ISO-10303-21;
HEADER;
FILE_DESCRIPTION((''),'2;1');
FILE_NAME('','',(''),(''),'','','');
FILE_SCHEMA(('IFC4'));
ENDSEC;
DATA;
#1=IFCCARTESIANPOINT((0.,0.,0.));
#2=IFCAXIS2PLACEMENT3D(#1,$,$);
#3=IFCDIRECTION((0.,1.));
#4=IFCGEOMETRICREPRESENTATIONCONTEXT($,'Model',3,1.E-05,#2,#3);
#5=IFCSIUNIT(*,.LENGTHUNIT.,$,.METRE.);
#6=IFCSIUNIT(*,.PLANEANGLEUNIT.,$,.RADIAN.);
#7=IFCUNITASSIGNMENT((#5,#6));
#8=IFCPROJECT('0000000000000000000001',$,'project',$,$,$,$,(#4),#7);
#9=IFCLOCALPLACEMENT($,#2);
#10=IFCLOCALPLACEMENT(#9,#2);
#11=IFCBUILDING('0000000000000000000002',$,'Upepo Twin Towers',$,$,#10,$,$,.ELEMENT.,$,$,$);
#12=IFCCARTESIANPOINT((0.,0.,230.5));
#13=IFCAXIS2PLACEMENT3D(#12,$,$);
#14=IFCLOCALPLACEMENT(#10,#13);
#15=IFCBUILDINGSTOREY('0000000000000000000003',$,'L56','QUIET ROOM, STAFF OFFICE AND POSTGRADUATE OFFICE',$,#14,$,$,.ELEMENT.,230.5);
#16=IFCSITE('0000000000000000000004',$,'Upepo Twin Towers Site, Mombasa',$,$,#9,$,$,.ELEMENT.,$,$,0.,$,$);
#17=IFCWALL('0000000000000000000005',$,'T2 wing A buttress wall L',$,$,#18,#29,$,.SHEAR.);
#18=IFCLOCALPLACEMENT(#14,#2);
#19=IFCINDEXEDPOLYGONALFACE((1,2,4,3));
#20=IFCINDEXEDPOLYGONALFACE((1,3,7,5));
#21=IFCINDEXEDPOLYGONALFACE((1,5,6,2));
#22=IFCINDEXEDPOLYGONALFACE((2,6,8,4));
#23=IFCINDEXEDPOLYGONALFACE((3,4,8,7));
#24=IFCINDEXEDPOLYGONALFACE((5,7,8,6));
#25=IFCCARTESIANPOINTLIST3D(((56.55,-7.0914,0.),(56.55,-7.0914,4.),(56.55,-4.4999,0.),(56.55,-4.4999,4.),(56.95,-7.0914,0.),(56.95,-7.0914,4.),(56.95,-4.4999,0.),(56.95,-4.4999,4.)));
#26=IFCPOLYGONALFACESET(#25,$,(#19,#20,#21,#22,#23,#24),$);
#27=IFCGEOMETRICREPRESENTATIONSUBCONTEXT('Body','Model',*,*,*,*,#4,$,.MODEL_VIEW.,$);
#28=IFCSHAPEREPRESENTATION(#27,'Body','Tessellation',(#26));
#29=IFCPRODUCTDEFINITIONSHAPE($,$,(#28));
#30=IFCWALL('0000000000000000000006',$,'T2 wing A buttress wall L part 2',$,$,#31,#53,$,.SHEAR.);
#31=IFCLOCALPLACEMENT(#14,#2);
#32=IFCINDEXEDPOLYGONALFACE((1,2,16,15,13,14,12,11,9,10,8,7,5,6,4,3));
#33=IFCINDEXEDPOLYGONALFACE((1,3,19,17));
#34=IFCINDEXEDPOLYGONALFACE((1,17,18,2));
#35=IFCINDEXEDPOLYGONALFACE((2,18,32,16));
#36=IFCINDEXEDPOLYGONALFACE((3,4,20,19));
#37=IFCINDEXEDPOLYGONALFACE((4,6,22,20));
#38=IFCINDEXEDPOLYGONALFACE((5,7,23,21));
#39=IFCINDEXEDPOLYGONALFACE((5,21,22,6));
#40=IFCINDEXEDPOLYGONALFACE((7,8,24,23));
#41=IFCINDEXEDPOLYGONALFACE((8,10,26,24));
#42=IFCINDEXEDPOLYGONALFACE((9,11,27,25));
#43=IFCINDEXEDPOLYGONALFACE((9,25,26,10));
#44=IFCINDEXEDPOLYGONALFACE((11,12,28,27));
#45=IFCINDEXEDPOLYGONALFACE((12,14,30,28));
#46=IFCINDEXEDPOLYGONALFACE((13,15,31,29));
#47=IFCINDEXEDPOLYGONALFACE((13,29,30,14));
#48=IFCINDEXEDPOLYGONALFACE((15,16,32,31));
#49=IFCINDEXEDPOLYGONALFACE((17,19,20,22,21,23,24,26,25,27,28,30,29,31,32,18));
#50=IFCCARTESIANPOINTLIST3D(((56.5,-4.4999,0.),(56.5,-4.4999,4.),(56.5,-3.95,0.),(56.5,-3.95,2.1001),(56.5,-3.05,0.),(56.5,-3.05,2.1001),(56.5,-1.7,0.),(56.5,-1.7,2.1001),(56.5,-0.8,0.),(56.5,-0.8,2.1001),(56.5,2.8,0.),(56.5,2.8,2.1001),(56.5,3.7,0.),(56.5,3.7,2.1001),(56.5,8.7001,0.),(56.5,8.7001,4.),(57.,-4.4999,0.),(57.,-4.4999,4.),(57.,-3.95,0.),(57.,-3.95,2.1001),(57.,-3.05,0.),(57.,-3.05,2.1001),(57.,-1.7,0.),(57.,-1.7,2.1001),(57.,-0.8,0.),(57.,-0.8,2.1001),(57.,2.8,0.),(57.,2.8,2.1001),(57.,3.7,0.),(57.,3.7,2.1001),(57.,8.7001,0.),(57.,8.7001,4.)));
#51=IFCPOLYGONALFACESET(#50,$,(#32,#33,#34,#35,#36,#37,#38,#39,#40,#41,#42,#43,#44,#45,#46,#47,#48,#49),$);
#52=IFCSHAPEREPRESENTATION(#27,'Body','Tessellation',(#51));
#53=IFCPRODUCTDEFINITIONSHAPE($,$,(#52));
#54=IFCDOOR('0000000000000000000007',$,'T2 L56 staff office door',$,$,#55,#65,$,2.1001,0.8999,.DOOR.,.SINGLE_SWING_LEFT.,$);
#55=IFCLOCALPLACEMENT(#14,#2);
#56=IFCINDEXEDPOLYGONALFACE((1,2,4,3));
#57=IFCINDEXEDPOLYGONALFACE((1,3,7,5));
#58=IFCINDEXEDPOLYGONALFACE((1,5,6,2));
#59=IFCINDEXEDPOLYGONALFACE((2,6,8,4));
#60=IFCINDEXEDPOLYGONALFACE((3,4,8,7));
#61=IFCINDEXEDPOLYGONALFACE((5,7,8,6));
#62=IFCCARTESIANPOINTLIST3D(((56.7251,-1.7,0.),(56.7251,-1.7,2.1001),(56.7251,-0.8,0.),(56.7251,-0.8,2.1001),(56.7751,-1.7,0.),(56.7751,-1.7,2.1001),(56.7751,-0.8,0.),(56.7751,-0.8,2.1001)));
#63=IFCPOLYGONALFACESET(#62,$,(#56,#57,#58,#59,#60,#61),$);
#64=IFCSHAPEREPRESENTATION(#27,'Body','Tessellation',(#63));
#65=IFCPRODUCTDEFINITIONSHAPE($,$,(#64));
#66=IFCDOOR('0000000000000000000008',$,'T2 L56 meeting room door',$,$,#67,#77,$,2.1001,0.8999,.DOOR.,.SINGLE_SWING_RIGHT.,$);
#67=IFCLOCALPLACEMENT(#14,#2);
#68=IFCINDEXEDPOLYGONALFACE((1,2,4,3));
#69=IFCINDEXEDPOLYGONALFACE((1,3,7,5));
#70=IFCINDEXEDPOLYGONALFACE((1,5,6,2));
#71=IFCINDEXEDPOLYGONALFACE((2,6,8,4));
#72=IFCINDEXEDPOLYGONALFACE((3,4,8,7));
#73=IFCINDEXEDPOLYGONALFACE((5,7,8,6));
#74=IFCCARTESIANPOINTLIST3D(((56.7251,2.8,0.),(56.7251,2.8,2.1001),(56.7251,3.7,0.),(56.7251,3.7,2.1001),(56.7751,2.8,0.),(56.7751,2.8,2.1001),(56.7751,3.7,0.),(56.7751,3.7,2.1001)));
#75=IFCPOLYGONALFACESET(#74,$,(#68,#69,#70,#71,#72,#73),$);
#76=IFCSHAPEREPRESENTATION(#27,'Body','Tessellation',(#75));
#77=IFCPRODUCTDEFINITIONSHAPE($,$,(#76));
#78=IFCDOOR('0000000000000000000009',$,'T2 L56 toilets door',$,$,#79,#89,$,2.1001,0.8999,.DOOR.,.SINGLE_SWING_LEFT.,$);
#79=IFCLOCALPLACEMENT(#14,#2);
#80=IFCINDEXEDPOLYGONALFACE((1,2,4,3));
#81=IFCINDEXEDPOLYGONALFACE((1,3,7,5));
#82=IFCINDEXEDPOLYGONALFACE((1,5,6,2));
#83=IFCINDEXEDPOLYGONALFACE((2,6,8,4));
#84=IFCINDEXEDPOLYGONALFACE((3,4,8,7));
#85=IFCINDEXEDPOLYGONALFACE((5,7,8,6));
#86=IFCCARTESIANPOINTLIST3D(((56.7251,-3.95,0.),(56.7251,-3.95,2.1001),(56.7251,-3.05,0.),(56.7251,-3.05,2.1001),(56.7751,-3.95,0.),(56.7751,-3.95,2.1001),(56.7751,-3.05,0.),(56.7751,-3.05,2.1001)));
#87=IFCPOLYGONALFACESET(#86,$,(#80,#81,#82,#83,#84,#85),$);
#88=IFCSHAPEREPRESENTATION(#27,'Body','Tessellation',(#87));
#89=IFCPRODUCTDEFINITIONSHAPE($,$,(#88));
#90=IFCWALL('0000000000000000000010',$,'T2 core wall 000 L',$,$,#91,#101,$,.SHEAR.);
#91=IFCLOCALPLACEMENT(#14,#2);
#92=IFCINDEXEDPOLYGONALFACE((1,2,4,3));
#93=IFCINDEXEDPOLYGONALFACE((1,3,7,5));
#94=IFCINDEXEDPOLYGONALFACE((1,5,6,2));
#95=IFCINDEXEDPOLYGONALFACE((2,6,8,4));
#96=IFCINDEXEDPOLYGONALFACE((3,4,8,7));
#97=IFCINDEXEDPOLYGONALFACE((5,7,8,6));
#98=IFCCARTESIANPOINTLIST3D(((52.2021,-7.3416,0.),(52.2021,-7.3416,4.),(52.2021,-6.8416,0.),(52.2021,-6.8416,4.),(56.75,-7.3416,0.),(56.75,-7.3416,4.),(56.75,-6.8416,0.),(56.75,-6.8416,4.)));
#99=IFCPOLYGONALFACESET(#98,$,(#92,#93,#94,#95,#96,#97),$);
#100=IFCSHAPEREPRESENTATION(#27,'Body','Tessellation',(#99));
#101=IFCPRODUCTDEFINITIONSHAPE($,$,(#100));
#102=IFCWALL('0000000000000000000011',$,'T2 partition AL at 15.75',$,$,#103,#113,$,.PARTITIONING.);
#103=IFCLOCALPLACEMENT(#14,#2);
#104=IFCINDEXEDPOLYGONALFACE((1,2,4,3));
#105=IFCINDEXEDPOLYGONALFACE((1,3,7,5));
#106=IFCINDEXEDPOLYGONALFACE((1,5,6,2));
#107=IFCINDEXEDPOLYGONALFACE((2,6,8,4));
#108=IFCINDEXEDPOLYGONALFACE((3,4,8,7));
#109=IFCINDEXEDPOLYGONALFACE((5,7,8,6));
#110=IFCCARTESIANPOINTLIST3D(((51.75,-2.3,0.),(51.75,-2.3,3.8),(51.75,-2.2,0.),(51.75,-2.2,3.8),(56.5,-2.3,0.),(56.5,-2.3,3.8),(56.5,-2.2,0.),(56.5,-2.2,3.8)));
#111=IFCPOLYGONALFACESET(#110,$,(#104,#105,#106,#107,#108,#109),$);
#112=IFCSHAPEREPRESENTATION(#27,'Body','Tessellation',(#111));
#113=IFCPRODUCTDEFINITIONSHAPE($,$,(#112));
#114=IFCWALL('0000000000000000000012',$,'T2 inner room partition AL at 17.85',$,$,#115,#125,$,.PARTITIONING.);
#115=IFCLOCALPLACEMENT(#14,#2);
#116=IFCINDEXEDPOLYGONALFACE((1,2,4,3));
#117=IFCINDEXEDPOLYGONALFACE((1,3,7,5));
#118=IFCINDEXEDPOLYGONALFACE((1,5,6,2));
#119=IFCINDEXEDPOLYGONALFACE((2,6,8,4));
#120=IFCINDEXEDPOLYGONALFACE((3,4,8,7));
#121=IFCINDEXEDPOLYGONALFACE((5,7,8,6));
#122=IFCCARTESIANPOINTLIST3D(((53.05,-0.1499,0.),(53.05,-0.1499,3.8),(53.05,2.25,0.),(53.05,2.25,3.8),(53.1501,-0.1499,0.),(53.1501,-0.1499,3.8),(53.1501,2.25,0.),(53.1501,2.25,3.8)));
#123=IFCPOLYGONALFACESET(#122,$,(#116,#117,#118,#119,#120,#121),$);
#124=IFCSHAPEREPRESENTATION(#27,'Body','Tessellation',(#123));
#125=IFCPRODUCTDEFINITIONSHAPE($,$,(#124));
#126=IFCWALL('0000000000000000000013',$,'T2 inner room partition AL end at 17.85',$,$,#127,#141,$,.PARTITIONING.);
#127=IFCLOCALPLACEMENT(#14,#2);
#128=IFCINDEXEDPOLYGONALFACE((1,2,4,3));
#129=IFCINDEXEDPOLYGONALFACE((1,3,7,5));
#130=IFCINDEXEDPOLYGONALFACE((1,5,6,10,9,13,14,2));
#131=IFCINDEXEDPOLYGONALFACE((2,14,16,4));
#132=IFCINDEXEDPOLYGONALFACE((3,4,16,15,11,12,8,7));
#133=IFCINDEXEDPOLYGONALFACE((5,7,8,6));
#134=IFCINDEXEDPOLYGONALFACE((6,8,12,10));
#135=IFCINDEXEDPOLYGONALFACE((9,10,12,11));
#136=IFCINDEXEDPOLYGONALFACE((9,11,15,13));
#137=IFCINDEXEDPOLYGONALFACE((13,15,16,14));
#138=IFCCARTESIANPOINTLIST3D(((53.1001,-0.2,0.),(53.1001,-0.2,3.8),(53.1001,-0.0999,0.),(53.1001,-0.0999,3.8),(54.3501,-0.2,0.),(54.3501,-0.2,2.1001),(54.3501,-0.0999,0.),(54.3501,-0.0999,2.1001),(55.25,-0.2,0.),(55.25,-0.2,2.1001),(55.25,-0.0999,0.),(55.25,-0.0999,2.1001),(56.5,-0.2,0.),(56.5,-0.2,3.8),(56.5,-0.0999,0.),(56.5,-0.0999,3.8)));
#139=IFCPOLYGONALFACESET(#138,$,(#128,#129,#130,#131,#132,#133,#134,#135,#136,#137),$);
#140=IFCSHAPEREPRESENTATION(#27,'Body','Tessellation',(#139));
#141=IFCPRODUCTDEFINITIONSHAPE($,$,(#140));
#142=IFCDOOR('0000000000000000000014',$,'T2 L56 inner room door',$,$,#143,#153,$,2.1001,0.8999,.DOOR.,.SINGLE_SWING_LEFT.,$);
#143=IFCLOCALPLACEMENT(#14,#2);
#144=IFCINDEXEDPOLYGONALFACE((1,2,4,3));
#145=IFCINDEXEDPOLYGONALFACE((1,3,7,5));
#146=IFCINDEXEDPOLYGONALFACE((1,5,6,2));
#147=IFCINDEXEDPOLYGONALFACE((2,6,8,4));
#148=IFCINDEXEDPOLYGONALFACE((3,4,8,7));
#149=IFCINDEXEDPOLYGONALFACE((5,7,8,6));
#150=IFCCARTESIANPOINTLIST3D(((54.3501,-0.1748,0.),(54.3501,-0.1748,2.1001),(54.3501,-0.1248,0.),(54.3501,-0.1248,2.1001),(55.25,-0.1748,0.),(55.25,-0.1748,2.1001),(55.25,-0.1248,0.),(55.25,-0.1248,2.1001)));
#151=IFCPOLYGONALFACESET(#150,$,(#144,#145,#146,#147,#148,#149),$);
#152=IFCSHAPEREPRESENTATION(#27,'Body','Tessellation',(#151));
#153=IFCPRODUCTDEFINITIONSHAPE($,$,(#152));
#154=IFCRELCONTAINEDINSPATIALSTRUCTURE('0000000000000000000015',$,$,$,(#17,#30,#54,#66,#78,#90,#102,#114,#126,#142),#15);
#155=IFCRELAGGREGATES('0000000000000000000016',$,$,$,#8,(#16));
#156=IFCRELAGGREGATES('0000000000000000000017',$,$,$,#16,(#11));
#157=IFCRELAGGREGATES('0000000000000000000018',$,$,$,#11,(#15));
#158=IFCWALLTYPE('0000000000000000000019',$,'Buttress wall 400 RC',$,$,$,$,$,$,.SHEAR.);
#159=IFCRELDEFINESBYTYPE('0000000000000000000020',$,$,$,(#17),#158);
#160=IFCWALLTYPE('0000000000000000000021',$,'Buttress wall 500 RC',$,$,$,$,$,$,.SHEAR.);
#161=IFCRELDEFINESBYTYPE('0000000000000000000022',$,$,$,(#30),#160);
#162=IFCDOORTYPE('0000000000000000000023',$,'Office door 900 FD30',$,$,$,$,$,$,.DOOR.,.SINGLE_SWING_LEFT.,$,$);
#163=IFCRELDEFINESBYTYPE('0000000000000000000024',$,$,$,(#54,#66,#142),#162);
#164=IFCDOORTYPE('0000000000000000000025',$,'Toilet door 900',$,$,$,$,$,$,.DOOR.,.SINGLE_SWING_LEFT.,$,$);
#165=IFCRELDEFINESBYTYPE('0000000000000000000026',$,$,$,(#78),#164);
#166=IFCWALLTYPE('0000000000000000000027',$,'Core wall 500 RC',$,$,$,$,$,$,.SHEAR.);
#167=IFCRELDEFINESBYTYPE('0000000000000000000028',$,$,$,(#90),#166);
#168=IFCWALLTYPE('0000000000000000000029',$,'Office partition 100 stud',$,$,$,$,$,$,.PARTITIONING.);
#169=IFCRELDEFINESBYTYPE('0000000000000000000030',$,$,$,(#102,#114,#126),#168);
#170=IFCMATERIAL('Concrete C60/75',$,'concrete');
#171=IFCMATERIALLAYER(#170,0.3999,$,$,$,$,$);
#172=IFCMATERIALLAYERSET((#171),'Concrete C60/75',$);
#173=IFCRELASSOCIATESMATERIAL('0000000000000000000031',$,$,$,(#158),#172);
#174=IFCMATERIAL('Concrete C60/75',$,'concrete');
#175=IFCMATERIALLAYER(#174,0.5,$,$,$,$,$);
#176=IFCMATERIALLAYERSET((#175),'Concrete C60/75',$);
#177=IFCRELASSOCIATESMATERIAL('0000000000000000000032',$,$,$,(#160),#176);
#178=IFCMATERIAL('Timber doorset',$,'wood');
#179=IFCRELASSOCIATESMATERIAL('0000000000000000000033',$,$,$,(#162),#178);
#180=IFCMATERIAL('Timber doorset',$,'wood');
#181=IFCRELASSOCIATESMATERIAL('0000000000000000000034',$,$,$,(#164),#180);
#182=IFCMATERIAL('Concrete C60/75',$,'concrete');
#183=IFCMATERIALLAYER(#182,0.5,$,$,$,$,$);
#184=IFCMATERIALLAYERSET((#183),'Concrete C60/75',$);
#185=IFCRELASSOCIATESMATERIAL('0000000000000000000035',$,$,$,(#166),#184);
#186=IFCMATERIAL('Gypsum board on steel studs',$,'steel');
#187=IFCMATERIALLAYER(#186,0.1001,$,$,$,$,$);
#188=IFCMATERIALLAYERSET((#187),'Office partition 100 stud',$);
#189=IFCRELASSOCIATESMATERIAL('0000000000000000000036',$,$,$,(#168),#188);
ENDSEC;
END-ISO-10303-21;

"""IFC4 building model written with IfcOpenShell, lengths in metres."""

from ifc_helpers import new_model, si_unit, direction, frame, frame_2d, origin, place, context, subcontext, project, spatial, rectangle, extrude, material, layer, layer_set, type_object, element, fill, save


model = new_model("IFC4")

# Units and contexts
model_context = context("Model", 3, precision=1e-05, world=origin(), true_north=direction((0.0, 1.0)))
body_context = subcontext(model_context, "Body", "Model", "MODEL_VIEW")
ifc_project = project(units=[si_unit("LENGTHUNIT", "METRE"), si_unit("PLANEANGLEUNIT", "RADIAN")], contexts=[model_context])

# Site, building, storey
site_placement = place(None, origin())
site = spatial("IfcSite", under=ifc_project, at=site_placement, Name="Upepo Twin Towers Site, Mombasa", CompositionType="ELEMENT", RefElevation=0.0)
building_placement = place(site_placement, origin())
building = spatial("IfcBuilding", under=site, at=building_placement, Name="Upepo Twin Towers", CompositionType="ELEMENT")
storey_placement = place(building_placement, frame((0.0, 0.0, 230.5)))
storey = spatial("IfcBuildingStorey", under=building, at=storey_placement, Name="L56", Description="QUIET ROOM, STAFF OFFICE AND POSTGRADUATE OFFICE", CompositionType="ELEMENT", Elevation=230.5)

# Wall
ifc_material_1 = material(Name="Concrete C60/75", Category="concrete")
ifc_layer_1 = layer(ifc_material_1, 0.3999)
ifc_layer_set_1 = layer_set([ifc_layer_1], Name="Concrete C60/75")
wall_type_1 = type_object("IfcWallType", Name="Buttress wall 400 RC", PredefinedType="SHEAR", material=ifc_layer_set_1)
wall_1_placement = place(storey_placement, frame((56.75, -7.0916, 0.0), z_axis=(0.0, 0.0, 1.0), x_axis=(0.0, 1.0, 0.0)))
element("IfcWall", 1, at=wall_1_placement, inside=storey, type_object=wall_type_1, Name="T2 wing A buttress wall L", PredefinedType="SHEAR", context=body_context, shape_type="SweptSolid", body=[
    extrude(rectangle(XDim=2.5916, YDim=0.3999, at=frame_2d((1.2959, 0.0))), origin(), (0.0, 0.0, 1.0), 4.0),
])

# Wall, openings, doors
ifc_material_2 = material(Name="Concrete C60/75", Category="concrete")
ifc_layer_2 = layer(ifc_material_2, 0.5)
ifc_layer_set_2 = layer_set([ifc_layer_2], Name="Concrete C60/75")
wall_type_2 = type_object("IfcWallType", Name="Buttress wall 500 RC", PredefinedType="SHEAR", material=ifc_layer_set_2)
wall_2_placement = place(storey_placement, frame((56.75, -4.5, 0.0), z_axis=(0.0, 0.0, 1.0), x_axis=(0.0, 1.0, 0.0)))
wall_2 = element("IfcWall", 2, at=wall_2_placement, inside=storey, type_object=wall_type_2, Name="T2 wing A buttress wall L part 2", PredefinedType="SHEAR", context=body_context, shape_type="SweptSolid", body=[
    extrude(rectangle(XDim=13.2, YDim=0.5, at=frame_2d((6.6001, 0.0))), origin(), (0.0, 0.0, 1.0), 4.0),
])
opening_1_placement = place(wall_2_placement, frame((0.55, 0.0, 0.0)))
opening_1 = element("IfcOpeningElement", 3, at=opening_1_placement, cuts=wall_2, PredefinedType="OPENING", context=body_context, shape_type="SweptSolid", body=[
    extrude(rectangle(XDim=0.8999, YDim=2.1001, at=frame_2d((0.45, 1.05))), frame((0.0, 0.26, 0.0), z_axis=(0.0, -1.0, 0.0), x_axis=(1.0, 0.0, 0.0)), (0.0, 0.0, 1.0), 0.52),
])
opening_2_placement = place(wall_2_placement, frame((2.8, 0.0, 0.0)))
opening_2 = element("IfcOpeningElement", 4, at=opening_2_placement, cuts=wall_2, PredefinedType="OPENING", context=body_context, shape_type="SweptSolid", body=[
    extrude(rectangle(XDim=0.8999, YDim=2.1001, at=frame_2d((0.45, 1.05))), frame((0.0, 0.26, 0.0), z_axis=(0.0, -1.0, 0.0), x_axis=(1.0, 0.0, 0.0)), (0.0, 0.0, 1.0), 0.52),
])
opening_3_placement = place(wall_2_placement, frame((7.3, 0.0, 0.0)))
opening_3 = element("IfcOpeningElement", 5, at=opening_3_placement, cuts=wall_2, PredefinedType="OPENING", context=body_context, shape_type="SweptSolid", body=[
    extrude(rectangle(XDim=0.8999, YDim=2.1001, at=frame_2d((0.45, 1.05))), frame((0.0, 0.26, 0.0), z_axis=(0.0, -1.0, 0.0), x_axis=(1.0, 0.0, 0.0)), (0.0, 0.0, 1.0), 0.52),
])
ifc_material_3 = material(Name="Timber doorset", Category="wood")
door_type_1 = type_object("IfcDoorType", Name="Office door 900 FD30", OperationType="SINGLE_SWING_LEFT", PredefinedType="DOOR", material=ifc_material_3)
door_1_placement = place(opening_2_placement, origin())
door_1 = element("IfcDoor", 6, at=door_1_placement, inside=storey, type_object=door_type_1, Name="T2 L56 staff office door", OperationType="SINGLE_SWING_LEFT", OverallHeight=2.1001, OverallWidth=0.8999, PredefinedType="DOOR", context=body_context, shape_type="SweptSolid", body=[
    extrude(rectangle(XDim=0.8999, YDim=2.1001, at=frame_2d((0.45, 1.05))), frame((0.0, 0.0249, 0.0), z_axis=(0.0, -1.0, 0.0), x_axis=(1.0, 0.0, 0.0)), (0.0, 0.0, 1.0), 0.05),
])
fill(opening_2, door_1)
door_2_placement = place(opening_3_placement, origin())
door_2 = element("IfcDoor", 7, at=door_2_placement, inside=storey, type_object=door_type_1, Name="T2 L56 meeting room door", OperationType="SINGLE_SWING_RIGHT", OverallHeight=2.1001, OverallWidth=0.8999, PredefinedType="DOOR", context=body_context, shape_type="SweptSolid", body=[
    extrude(rectangle(XDim=0.8999, YDim=2.1001, at=frame_2d((0.45, 1.05))), frame((0.0, 0.0249, 0.0), z_axis=(0.0, -1.0, 0.0), x_axis=(1.0, 0.0, 0.0)), (0.0, 0.0, 1.0), 0.05),
])
fill(opening_3, door_2)
ifc_material_4 = material(Name="Timber doorset", Category="wood")
door_type_2 = type_object("IfcDoorType", Name="Toilet door 900", OperationType="SINGLE_SWING_LEFT", PredefinedType="DOOR", material=ifc_material_4)
door_3_placement = place(opening_1_placement, origin())
door_3 = element("IfcDoor", 8, at=door_3_placement, inside=storey, type_object=door_type_2, Name="T2 L56 toilets door", OperationType="SINGLE_SWING_LEFT", OverallHeight=2.1001, OverallWidth=0.8999, PredefinedType="DOOR", context=body_context, shape_type="SweptSolid", body=[
    extrude(rectangle(XDim=0.8999, YDim=2.1001, at=frame_2d((0.45, 1.05))), frame((0.0, 0.0249, 0.0), z_axis=(0.0, -1.0, 0.0), x_axis=(1.0, 0.0, 0.0)), (0.0, 0.0, 1.0), 0.05),
])
fill(opening_1, door_3)

# Walls
ifc_material_5 = material(Name="Concrete C60/75", Category="concrete")
ifc_layer_3 = layer(ifc_material_5, 0.5)
ifc_layer_set_3 = layer_set([ifc_layer_3], Name="Concrete C60/75")
wall_type_3 = type_object("IfcWallType", Name="Core wall 500 RC", PredefinedType="SHEAR", material=ifc_layer_set_3)
wall_3_placement = place(storey_placement, frame((56.75, -7.0916, 0.0), z_axis=(0.0, 0.0, 1.0), x_axis=(-1.0, 0.0, 0.0)))
element("IfcWall", 9, at=wall_3_placement, inside=storey, type_object=wall_type_3, Name="T2 core wall 000 L", PredefinedType="SHEAR", context=body_context, shape_type="SweptSolid", body=[
    extrude(rectangle(XDim=4.5479, YDim=0.5, at=frame_2d((2.2739, 0.0))), origin(), (0.0, 0.0, 1.0), 4.0),
])
ifc_material_6 = material(Name="Gypsum board on steel studs", Category="steel")
ifc_layer_4 = layer(ifc_material_6, 0.1001)
ifc_layer_set_4 = layer_set([ifc_layer_4], Name="Office partition 100 stud")
wall_type_4 = type_object("IfcWallType", Name="Office partition 100 stud", PredefinedType="PARTITIONING", material=ifc_layer_set_4)
wall_4_placement = place(storey_placement, frame((56.5, -2.25, 0.0), z_axis=(0.0, 0.0, 1.0), x_axis=(-1.0, 0.0, 0.0)))
element("IfcWall", 10, at=wall_4_placement, inside=storey, type_object=wall_type_4, Name="T2 partition AL at 15.75", PredefinedType="PARTITIONING", context=body_context, shape_type="SweptSolid", body=[
    extrude(rectangle(XDim=4.75, YDim=0.1001, at=frame_2d((2.375, 0.0))), origin(), (0.0, 0.0, 1.0), 3.8),
])
wall_5_placement = place(storey_placement, frame((53.1001, -0.1499, 0.0), z_axis=(0.0, 0.0, 1.0), x_axis=(0.0, 1.0, 0.0)))
element("IfcWall", 11, at=wall_5_placement, inside=storey, type_object=wall_type_4, Name="T2 inner room partition AL at 17.85", PredefinedType="PARTITIONING", context=body_context, shape_type="SweptSolid", body=[
    extrude(rectangle(XDim=2.3999, YDim=0.1001, at=frame_2d((1.2, 0.0))), origin(), (0.0, 0.0, 1.0), 3.8),
])

# Wall, opening, door
wall_6_placement = place(storey_placement, frame((56.5, -0.1499, 0.0), z_axis=(0.0, 0.0, 1.0), x_axis=(-1.0, 0.0, 0.0)))
wall_6 = element("IfcWall", 12, at=wall_6_placement, inside=storey, type_object=wall_type_4, Name="T2 inner room partition AL end at 17.85", PredefinedType="PARTITIONING", context=body_context, shape_type="SweptSolid", body=[
    extrude(rectangle(XDim=3.3999, YDim=0.1001, at=frame_2d((1.7, 0.0))), origin(), (0.0, 0.0, 1.0), 3.8),
])
opening_4_placement = place(wall_6_placement, frame((1.25, 0.0, 0.0)))
opening_4 = element("IfcOpeningElement", 13, at=opening_4_placement, cuts=wall_6, PredefinedType="OPENING", context=body_context, shape_type="SweptSolid", body=[
    extrude(rectangle(XDim=0.8999, YDim=2.1001, at=frame_2d((0.45, 1.05))), frame((0.0, 0.0601, 0.0), z_axis=(0.0, -1.0, 0.0), x_axis=(1.0, 0.0, 0.0)), (0.0, 0.0, 1.0), 0.1201),
])
door_4_placement = place(opening_4_placement, origin())
door_4 = element("IfcDoor", 14, at=door_4_placement, inside=storey, type_object=door_type_1, Name="T2 L56 inner room door", OperationType="SINGLE_SWING_LEFT", OverallHeight=2.1001, OverallWidth=0.8999, PredefinedType="DOOR", context=body_context, shape_type="SweptSolid", body=[
    extrude(rectangle(XDim=0.8999, YDim=2.1001, at=frame_2d((0.45, 1.05))), frame((0.0, 0.0249, 0.0), z_axis=(0.0, -1.0, 0.0), x_axis=(1.0, 0.0, 0.0)), (0.0, 0.0, 1.0), 0.05),
])
fill(opening_4, door_4)

save(model, "model.ifc")
